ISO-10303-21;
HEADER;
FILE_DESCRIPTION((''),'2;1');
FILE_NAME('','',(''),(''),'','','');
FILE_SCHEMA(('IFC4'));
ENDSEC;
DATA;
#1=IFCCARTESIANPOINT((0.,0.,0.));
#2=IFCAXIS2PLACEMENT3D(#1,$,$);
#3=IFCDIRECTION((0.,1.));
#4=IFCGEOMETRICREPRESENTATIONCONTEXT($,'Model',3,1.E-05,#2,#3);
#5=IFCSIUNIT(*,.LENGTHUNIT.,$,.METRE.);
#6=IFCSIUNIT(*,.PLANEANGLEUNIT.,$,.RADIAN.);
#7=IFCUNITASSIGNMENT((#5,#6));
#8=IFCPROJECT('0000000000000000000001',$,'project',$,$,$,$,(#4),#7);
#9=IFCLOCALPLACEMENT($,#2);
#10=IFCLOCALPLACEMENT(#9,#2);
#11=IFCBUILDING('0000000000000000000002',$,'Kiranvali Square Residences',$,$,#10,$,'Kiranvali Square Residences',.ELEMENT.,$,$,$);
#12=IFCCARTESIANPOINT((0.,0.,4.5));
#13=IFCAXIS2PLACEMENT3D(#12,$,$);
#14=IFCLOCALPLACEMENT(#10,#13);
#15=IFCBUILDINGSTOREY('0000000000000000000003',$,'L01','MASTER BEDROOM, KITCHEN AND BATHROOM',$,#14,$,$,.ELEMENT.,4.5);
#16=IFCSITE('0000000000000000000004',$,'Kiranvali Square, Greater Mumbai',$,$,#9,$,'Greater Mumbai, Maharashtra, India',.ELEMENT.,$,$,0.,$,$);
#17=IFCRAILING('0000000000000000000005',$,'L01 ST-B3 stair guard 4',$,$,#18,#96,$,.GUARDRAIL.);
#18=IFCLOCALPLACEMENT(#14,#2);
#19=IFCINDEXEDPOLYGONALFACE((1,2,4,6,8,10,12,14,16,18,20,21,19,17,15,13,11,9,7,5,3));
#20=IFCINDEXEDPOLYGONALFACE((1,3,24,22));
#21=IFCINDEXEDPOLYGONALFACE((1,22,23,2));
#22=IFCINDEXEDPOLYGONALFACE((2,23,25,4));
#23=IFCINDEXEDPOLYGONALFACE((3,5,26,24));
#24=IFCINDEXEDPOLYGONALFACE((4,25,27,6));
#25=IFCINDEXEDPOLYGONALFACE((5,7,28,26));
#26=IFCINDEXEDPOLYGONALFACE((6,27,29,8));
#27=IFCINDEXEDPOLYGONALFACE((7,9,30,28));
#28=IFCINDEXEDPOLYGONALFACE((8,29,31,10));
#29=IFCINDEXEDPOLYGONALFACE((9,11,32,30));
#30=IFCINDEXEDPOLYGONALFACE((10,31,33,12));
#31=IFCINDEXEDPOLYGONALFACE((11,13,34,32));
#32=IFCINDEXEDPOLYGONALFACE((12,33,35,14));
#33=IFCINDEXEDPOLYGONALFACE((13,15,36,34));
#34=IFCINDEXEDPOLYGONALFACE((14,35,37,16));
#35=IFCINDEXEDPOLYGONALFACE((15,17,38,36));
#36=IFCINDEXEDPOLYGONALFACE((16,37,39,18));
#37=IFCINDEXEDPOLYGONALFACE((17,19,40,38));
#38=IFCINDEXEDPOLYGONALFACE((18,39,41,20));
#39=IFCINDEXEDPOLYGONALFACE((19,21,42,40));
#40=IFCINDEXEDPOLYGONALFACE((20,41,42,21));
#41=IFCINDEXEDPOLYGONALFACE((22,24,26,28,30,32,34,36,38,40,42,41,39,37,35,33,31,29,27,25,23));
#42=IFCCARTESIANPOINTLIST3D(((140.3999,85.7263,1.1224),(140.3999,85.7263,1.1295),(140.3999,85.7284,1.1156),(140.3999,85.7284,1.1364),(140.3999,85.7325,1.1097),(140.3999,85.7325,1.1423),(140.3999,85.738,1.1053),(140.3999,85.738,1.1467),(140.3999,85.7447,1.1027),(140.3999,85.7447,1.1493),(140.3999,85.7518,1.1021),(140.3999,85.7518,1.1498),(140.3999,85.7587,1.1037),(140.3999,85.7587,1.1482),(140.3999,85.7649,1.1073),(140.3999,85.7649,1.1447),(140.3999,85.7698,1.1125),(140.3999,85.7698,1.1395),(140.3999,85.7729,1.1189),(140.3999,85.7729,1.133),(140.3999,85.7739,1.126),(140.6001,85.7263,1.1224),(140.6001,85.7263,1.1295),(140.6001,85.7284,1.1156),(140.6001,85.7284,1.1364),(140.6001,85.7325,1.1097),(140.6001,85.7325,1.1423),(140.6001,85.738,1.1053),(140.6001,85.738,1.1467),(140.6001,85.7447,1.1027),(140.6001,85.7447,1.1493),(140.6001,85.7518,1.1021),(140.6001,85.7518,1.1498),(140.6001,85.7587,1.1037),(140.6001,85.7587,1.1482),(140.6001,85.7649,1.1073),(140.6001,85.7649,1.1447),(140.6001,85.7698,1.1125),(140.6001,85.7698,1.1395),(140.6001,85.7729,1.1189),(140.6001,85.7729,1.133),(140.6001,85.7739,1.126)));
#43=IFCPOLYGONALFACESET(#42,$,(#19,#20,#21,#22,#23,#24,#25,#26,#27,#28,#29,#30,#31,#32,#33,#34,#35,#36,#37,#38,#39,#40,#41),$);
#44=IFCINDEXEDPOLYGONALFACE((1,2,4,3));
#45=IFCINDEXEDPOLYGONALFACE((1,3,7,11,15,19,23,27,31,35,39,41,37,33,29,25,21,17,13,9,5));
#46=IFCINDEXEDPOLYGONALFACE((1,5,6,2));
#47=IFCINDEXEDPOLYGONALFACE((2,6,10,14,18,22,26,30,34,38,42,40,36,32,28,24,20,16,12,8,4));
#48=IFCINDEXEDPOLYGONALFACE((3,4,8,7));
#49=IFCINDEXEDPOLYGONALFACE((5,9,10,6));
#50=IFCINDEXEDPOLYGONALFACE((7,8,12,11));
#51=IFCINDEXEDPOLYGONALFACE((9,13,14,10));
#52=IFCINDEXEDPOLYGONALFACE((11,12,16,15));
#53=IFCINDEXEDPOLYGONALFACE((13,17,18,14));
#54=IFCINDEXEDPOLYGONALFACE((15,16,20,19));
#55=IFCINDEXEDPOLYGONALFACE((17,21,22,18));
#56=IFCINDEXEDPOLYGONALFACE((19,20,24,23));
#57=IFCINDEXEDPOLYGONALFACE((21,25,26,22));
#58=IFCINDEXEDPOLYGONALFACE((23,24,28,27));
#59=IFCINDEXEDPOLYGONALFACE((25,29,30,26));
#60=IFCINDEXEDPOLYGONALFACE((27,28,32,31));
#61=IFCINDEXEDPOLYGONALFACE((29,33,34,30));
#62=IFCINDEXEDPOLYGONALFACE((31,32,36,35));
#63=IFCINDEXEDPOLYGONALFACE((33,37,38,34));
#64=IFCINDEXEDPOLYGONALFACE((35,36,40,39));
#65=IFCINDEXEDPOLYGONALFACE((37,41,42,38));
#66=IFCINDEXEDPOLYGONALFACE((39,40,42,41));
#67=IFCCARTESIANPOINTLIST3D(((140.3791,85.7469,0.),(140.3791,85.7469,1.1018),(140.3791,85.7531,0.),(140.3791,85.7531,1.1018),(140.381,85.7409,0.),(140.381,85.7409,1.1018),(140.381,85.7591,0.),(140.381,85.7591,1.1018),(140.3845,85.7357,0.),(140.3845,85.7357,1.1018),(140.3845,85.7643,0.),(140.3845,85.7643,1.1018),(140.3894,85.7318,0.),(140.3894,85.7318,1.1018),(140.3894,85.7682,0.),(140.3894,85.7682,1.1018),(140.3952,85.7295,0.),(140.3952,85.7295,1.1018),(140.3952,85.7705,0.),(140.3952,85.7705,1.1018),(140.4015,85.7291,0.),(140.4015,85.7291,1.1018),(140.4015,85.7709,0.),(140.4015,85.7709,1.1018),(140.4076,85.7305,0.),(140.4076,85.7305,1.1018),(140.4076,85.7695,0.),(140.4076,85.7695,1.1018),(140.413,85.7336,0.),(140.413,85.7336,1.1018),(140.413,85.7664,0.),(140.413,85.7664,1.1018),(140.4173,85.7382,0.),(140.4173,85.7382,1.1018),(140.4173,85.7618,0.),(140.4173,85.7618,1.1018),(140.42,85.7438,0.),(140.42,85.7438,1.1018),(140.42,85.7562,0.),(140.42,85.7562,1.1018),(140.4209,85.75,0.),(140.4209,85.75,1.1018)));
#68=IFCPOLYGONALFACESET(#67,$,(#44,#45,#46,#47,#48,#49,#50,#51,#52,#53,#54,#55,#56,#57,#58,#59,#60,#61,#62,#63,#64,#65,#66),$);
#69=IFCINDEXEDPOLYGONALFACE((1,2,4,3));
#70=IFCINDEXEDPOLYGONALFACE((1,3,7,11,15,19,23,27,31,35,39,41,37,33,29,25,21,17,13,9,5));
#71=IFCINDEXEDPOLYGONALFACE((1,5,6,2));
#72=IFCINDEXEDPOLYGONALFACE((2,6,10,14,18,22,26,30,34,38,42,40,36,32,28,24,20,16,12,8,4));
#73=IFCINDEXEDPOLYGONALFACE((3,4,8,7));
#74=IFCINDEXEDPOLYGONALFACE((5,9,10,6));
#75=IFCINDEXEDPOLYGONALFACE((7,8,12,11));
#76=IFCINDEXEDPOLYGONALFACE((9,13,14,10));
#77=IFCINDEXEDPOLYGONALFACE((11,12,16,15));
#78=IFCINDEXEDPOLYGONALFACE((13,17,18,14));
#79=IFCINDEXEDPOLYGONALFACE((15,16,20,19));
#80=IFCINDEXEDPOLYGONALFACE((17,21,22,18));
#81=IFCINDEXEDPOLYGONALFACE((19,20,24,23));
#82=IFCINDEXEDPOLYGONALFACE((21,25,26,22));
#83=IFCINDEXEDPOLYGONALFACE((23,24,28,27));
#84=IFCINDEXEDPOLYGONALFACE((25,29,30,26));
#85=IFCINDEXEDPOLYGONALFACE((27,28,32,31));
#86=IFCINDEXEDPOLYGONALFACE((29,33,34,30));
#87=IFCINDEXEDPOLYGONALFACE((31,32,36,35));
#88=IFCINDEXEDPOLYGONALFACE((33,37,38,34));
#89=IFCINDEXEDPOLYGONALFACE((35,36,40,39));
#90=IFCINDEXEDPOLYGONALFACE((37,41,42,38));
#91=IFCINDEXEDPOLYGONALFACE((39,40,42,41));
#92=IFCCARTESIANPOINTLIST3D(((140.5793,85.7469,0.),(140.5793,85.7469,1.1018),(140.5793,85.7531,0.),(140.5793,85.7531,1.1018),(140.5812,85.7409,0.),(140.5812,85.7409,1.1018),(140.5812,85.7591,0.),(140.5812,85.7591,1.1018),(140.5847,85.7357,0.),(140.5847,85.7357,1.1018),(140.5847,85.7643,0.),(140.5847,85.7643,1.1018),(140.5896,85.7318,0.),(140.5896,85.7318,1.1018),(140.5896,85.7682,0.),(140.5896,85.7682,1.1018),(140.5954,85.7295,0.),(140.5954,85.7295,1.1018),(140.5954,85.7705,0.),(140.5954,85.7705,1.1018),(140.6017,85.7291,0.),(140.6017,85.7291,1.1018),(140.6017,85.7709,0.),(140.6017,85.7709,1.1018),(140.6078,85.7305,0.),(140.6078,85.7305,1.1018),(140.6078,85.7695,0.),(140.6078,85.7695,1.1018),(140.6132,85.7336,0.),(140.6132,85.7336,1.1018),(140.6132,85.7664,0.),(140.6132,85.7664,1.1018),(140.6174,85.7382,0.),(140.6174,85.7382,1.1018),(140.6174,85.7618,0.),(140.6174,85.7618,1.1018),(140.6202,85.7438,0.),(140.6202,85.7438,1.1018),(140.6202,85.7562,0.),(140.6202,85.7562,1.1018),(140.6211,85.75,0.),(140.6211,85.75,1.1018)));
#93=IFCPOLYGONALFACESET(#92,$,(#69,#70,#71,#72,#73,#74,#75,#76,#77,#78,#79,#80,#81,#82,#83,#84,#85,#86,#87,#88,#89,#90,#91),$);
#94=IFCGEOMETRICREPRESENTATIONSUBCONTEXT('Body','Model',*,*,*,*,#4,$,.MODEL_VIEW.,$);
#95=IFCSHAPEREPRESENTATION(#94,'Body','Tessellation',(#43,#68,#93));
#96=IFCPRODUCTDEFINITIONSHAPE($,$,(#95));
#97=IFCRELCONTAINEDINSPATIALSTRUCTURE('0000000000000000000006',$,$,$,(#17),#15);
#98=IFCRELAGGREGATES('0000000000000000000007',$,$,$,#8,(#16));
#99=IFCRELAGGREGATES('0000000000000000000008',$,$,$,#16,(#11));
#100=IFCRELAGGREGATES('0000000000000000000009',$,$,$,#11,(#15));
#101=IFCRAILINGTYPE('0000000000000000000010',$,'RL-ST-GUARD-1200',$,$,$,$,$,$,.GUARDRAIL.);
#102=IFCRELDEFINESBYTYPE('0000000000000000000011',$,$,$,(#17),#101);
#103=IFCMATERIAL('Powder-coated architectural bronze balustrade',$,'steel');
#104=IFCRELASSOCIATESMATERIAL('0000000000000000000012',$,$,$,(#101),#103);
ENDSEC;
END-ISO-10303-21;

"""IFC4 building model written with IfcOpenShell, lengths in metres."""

from ifc_helpers import new_model, si_unit, direction, frame, origin, origin_2d, place, context, subcontext, project, spatial, circle, extrude, material, type_object, element, save


model = new_model("IFC4")

# Units and contexts
model_context = context("Model", 3, precision=1e-05, world=origin(), true_north=direction((0.0, 1.0)))
body_context = subcontext(model_context, "Body", "Model", "MODEL_VIEW")
ifc_project = project(units=[si_unit("LENGTHUNIT", "METRE"), si_unit("PLANEANGLEUNIT", "RADIAN")], contexts=[model_context])

# Site, building, storey
site_placement = place(None, origin())
site = spatial("IfcSite", under=ifc_project, at=site_placement, Name="Kiranvali Square, Greater Mumbai", LongName="Greater Mumbai, Maharashtra, India", CompositionType="ELEMENT", RefElevation=0.0)
building_placement = place(site_placement, origin())
building = spatial("IfcBuilding", under=site, at=building_placement, Name="Kiranvali Square Residences", LongName="Kiranvali Square Residences", CompositionType="ELEMENT")
storey_placement = place(building_placement, frame((0.0, 0.0, 4.5)))
storey = spatial("IfcBuildingStorey", under=building, at=storey_placement, Name="L01", Description="MASTER BEDROOM, KITCHEN AND BATHROOM", CompositionType="ELEMENT", Elevation=4.5)

# Railing
ifc_material_1 = material(Name="Powder-coated architectural bronze balustrade", Category="steel")
railing_type_1 = type_object("IfcRailingType", Name="RL-ST-GUARD-1200", PredefinedType="GUARDRAIL", material=ifc_material_1)
railing_1_placement = place(storey_placement, frame((140.3999, 85.75, 0.0)))
element("IfcRailing", 1, at=railing_1_placement, inside=storey, type_object=railing_type_1, Name="L01 ST-B3 stair guard 4", PredefinedType="GUARDRAIL", context=body_context, shape_type="SweptSolid", body=[
    extrude(circle(Radius=0.0239, at=origin_2d()), frame((0.0, 0.0, 1.126), z_axis=(1.0, 0.0, 0.0), x_axis=(0.0, 1.0, 0.0)), (0.0, 0.0, 1.0), 0.2002),
    extrude(circle(Radius=0.021, at=origin_2d()), origin(), (0.0, 0.0, 1.0), 1.1018),
    extrude(circle(Radius=0.021, at=origin_2d()), frame((0.2002, 0.0, 0.0)), (0.0, 0.0, 1.0), 1.1018),
])

save(model, "model.ifc")
